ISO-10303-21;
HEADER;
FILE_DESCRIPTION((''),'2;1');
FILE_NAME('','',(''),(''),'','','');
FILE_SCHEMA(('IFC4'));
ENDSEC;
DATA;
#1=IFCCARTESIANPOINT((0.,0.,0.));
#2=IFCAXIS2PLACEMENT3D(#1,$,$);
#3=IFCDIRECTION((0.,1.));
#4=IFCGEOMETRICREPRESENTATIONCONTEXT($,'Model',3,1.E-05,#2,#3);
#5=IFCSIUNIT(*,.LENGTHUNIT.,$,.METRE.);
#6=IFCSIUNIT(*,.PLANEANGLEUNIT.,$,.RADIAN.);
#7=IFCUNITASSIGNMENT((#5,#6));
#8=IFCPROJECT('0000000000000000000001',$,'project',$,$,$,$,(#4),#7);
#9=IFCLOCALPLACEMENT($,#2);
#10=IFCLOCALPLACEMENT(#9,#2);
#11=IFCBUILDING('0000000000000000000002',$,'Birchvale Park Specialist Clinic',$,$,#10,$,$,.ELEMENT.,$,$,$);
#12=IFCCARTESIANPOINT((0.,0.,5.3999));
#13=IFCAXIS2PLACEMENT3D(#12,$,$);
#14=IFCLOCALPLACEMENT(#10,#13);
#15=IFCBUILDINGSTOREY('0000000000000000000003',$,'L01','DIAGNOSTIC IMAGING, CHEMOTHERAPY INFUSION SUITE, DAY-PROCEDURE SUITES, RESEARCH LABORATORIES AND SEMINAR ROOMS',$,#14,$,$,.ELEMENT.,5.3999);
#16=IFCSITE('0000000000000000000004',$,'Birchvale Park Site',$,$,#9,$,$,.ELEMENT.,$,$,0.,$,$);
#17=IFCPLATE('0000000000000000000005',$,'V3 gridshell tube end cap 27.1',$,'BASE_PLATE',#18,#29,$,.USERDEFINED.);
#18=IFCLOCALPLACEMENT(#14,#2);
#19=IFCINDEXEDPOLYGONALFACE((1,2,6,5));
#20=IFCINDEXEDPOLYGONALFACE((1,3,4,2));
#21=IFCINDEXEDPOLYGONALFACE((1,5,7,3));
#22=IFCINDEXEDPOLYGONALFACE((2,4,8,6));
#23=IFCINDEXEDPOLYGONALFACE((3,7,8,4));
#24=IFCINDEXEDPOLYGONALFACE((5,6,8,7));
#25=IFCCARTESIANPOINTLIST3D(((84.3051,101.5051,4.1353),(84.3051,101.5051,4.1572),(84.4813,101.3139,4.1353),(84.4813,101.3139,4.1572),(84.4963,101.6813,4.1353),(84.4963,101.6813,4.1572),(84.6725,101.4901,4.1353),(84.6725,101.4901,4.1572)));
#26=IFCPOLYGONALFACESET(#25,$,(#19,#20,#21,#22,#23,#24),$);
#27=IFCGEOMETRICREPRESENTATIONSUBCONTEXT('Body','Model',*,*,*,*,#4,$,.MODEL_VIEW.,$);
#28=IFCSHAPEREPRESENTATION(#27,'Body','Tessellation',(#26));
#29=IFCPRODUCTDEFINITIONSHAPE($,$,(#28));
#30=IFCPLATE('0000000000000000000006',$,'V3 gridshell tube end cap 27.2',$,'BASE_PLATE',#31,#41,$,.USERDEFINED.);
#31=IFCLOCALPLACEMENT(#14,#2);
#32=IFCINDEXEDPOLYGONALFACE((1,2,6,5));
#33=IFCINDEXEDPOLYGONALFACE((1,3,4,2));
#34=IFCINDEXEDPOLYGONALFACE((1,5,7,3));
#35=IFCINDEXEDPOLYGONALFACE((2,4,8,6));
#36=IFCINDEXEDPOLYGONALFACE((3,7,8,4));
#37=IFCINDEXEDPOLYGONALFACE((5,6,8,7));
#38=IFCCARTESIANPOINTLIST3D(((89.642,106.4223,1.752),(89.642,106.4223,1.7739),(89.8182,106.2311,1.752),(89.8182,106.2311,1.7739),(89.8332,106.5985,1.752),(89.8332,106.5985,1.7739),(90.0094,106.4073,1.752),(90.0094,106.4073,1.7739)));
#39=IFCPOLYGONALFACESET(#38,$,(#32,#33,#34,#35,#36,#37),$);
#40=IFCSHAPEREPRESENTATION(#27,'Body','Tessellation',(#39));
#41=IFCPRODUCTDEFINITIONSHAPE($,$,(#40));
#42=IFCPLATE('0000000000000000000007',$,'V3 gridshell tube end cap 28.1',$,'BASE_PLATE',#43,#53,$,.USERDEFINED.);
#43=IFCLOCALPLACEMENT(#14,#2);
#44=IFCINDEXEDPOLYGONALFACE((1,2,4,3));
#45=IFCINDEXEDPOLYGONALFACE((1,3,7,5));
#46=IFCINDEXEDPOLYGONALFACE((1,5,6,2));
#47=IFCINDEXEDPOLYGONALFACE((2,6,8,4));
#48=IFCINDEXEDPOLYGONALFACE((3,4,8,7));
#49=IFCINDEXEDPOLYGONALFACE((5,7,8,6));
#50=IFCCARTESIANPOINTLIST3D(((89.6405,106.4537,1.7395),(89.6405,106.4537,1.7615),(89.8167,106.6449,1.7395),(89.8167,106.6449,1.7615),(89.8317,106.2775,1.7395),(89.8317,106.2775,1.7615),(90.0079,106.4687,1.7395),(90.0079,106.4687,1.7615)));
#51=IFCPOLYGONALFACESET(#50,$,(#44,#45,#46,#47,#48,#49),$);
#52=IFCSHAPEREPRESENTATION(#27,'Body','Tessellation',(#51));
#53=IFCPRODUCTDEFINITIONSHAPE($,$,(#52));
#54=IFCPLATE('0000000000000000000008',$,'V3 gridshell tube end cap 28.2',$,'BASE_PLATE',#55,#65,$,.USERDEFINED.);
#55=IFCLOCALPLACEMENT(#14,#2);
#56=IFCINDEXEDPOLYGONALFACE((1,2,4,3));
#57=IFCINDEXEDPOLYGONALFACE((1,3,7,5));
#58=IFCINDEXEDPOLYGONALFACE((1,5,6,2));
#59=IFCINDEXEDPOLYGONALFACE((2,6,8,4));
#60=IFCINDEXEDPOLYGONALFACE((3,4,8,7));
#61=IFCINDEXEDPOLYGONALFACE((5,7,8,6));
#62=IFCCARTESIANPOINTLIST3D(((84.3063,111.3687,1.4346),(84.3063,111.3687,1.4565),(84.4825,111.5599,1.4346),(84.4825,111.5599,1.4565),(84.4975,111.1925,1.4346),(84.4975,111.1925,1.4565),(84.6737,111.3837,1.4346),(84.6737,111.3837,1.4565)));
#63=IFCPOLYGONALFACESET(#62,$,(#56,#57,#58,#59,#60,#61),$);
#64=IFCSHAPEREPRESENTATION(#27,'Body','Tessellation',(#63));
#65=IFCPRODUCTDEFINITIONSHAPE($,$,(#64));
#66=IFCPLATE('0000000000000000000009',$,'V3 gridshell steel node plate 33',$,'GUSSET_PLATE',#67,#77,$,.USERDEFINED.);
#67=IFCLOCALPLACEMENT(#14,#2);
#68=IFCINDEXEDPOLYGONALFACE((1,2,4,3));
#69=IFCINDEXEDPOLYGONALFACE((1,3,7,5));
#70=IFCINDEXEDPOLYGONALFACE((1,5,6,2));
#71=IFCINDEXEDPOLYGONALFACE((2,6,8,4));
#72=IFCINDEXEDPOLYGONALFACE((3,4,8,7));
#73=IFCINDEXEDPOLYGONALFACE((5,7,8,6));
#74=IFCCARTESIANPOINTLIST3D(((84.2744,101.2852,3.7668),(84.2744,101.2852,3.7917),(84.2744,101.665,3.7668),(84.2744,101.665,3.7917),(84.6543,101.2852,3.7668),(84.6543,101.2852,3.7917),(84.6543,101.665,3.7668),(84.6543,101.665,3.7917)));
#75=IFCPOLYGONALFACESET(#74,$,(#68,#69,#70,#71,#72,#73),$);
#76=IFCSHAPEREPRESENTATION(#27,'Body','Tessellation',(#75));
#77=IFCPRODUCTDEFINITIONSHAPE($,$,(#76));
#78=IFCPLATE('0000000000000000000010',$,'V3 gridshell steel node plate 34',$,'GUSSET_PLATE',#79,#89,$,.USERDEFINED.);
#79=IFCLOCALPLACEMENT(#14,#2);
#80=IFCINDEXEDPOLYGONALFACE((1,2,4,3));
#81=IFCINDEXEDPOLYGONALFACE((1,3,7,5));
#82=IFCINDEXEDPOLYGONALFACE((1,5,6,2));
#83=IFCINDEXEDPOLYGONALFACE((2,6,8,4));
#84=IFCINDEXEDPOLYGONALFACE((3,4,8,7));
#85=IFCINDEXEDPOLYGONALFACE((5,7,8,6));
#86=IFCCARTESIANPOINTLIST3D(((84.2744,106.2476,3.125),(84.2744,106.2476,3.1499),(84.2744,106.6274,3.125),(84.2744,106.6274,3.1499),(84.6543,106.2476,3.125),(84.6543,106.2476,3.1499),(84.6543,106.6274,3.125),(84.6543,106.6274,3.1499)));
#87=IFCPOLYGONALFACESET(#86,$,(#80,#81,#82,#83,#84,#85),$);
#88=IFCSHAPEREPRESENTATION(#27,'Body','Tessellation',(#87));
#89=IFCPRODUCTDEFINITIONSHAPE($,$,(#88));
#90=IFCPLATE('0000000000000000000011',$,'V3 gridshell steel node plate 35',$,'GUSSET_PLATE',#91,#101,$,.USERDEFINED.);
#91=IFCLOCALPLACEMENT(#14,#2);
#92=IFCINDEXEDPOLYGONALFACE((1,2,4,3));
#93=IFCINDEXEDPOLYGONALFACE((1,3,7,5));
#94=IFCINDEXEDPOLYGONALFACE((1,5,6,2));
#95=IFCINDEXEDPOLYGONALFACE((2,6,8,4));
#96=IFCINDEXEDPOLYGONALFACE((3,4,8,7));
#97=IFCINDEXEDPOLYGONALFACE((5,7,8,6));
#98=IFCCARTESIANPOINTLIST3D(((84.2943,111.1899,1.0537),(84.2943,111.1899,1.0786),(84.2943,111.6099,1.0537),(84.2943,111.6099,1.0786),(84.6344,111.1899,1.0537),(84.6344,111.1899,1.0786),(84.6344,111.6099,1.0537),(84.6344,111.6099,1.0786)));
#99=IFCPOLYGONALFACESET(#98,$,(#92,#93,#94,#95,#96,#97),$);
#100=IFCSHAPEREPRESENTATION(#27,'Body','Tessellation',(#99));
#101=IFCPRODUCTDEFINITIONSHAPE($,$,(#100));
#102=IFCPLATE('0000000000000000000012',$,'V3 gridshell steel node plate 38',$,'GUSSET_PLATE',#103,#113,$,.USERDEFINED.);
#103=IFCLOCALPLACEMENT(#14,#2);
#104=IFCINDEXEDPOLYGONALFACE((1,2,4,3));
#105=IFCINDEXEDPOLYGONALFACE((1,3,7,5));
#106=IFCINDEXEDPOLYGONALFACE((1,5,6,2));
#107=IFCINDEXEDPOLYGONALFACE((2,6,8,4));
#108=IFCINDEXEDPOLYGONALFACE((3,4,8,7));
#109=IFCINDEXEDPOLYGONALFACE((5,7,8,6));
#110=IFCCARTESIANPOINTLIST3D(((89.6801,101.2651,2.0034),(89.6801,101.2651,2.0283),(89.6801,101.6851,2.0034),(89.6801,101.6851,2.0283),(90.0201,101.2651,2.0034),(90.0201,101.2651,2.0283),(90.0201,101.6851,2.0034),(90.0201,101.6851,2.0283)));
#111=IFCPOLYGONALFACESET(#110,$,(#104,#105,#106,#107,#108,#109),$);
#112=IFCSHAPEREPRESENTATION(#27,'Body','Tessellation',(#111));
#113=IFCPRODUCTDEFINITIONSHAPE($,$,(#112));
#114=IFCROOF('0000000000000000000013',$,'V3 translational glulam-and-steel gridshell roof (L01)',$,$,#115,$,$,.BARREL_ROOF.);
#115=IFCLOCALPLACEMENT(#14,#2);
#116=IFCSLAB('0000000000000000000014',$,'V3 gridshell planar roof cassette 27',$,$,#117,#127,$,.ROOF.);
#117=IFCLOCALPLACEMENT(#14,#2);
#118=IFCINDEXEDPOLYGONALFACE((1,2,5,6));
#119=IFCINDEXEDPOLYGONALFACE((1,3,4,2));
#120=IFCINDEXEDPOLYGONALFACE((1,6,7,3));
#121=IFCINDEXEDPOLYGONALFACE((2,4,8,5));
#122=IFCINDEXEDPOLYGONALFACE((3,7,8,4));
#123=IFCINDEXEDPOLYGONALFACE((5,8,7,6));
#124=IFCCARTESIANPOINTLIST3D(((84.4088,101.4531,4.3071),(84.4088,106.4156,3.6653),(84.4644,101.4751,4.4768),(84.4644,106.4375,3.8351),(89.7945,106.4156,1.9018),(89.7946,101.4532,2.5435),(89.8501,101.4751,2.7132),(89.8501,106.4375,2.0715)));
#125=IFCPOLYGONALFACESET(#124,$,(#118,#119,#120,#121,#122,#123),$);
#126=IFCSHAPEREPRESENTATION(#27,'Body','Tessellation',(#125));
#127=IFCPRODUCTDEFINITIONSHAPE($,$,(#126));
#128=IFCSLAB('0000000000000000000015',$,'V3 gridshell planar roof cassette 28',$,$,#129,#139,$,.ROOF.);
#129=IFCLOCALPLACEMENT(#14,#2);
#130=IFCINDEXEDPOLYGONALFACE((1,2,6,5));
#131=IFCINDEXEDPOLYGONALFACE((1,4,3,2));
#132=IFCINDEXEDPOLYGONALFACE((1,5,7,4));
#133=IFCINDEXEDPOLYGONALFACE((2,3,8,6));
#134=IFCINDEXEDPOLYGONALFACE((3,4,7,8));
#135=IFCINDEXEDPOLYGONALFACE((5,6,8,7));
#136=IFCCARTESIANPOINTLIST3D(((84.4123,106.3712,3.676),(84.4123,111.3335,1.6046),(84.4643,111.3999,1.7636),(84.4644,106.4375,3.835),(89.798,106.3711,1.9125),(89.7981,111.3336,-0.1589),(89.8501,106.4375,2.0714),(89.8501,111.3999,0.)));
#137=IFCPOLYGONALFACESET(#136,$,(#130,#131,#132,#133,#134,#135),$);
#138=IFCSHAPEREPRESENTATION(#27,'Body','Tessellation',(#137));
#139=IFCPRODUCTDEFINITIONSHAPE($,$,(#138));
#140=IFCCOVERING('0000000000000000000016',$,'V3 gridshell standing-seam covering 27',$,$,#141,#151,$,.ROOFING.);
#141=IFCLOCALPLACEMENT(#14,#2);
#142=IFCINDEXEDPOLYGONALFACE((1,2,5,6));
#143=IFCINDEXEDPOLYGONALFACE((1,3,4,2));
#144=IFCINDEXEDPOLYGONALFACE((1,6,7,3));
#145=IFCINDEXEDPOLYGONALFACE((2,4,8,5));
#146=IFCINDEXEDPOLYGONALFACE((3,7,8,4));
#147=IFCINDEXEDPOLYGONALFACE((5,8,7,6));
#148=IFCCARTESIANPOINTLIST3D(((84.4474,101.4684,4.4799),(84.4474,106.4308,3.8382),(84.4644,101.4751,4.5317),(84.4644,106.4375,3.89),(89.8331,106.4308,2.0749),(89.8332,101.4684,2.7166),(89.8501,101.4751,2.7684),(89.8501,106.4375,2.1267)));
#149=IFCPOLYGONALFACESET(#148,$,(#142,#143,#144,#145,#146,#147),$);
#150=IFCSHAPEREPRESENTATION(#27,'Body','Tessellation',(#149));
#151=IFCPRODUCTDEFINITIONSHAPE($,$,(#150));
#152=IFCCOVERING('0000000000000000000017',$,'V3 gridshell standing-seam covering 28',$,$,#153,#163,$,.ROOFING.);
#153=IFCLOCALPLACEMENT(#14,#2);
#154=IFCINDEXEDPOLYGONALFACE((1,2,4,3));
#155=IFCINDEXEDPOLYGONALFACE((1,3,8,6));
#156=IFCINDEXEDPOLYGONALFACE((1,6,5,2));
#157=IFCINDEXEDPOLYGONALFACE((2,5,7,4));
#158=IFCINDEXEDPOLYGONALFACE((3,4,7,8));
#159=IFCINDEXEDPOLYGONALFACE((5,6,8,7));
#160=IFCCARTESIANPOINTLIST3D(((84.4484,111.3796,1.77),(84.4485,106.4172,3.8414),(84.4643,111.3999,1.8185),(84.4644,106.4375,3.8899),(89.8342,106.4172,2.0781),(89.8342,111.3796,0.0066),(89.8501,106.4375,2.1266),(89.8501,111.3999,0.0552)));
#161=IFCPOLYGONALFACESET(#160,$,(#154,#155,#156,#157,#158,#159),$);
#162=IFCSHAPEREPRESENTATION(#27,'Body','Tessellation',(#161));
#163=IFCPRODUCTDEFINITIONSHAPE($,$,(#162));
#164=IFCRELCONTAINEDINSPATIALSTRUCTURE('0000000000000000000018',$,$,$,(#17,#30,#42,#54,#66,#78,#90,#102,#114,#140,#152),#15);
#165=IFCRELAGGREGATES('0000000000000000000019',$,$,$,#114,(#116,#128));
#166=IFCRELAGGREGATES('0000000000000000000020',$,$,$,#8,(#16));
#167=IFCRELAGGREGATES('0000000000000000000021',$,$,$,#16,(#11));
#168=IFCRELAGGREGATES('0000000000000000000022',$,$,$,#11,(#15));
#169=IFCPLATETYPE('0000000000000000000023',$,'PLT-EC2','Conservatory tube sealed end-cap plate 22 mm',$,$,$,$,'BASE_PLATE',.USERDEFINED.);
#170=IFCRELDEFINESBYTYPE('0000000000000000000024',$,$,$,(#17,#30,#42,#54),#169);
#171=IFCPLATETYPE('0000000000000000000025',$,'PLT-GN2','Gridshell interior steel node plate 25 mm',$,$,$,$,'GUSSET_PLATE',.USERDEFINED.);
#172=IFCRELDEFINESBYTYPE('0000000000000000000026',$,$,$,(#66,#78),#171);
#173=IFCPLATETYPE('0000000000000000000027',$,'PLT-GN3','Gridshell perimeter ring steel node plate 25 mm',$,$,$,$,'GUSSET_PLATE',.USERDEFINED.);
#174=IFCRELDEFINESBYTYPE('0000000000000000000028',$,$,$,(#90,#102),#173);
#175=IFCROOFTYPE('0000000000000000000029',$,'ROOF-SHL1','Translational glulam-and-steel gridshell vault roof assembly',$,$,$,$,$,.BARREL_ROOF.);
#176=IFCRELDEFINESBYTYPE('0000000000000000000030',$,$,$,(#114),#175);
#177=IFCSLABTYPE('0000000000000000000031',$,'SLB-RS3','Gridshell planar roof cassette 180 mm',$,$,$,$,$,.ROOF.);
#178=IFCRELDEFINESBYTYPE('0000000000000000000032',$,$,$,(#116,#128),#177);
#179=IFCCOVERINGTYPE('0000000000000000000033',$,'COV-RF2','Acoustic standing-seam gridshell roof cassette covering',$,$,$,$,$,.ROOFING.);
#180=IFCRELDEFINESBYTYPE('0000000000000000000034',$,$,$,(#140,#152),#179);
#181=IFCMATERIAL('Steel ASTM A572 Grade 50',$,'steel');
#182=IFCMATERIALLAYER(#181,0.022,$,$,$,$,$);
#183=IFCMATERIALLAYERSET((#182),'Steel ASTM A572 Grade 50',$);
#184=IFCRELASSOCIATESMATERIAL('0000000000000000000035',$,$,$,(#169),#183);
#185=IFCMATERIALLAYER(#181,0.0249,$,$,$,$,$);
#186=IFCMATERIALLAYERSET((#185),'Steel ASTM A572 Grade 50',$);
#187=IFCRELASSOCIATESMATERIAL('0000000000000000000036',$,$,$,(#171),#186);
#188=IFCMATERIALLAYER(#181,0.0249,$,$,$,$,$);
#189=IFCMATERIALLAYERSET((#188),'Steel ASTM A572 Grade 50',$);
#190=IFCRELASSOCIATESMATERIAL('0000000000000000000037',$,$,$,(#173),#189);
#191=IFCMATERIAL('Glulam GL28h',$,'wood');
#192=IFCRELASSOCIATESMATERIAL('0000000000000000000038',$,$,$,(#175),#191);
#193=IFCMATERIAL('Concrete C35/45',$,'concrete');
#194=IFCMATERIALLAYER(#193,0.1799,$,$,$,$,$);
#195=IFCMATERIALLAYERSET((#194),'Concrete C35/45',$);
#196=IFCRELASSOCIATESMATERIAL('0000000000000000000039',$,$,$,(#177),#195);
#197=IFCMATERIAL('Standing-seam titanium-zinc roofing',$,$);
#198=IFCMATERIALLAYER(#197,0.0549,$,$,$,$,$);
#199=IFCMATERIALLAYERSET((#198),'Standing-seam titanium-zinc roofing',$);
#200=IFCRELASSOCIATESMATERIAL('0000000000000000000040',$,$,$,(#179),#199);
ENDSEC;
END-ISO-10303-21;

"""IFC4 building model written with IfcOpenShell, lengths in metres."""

from ifc_helpers import new_model, si_unit, direction, frame, origin, origin_2d, place, context, subcontext, project, spatial, polyline, rectangle, outline, extrude, material, layer, layer_set, type_object, element, aggregate, save


model = new_model("IFC4")

# Units and contexts
model_context = context("Model", 3, precision=1e-05, world=origin(), true_north=direction((0.0, 1.0)))
body_context = subcontext(model_context, "Body", "Model", "MODEL_VIEW")
ifc_project = project(units=[si_unit("LENGTHUNIT", "METRE"), si_unit("PLANEANGLEUNIT", "RADIAN")], contexts=[model_context])

# Site, building, storey
site_placement = place(None, origin())
site = spatial("IfcSite", under=ifc_project, at=site_placement, Name="Birchvale Park Site", CompositionType="ELEMENT", RefElevation=0.0)
building_placement = place(site_placement, origin())
building = spatial("IfcBuilding", under=site, at=building_placement, Name="Birchvale Park Specialist Clinic", CompositionType="ELEMENT")
storey_placement = place(building_placement, frame((0.0, 0.0, 5.3999)))
storey = spatial("IfcBuildingStorey", under=building, at=storey_placement, Name="L01", Description="DIAGNOSTIC IMAGING, CHEMOTHERAPY INFUSION SUITE, DAY-PROCEDURE SUITES, RESEARCH LABORATORIES AND SEMINAR ROOMS", CompositionType="ELEMENT", Elevation=5.3999)

# Shared definitions
ifc_material_1 = material(Name="Glulam GL28h", Category="wood")

# Plates
ifc_material_2 = material(Name="Steel ASTM A572 Grade 50", Category="steel")
ifc_layer_1 = layer(ifc_material_2, 0.022)
ifc_layer_set_1 = layer_set([ifc_layer_1], Name="Steel ASTM A572 Grade 50")
plate_type_1 = type_object("IfcPlateType", Name="PLT-EC2", Description="Conservatory tube sealed end-cap plate 22 mm", ElementType="BASE_PLATE", PredefinedType="USERDEFINED", material=ifc_layer_set_1)
for number, where, z_axis, x_axis, name in (
    (1, (84.4888, 101.4976, 4.1353), (0.0, 0.0, 1.0), (0.735388, 0.677646, 0.0), "V3 gridshell tube end cap 27.1"),
    (2, (89.8257, 106.4148, 1.752), (0.0, 0.0, 1.0), (0.735388, 0.677646, 0.0), "V3 gridshell tube end cap 27.2"),
    (3, (89.8242, 106.4612, 1.7395), (0.0, 0.0, 1.0), (-0.735388, 0.677646, 0.0), "V3 gridshell tube end cap 28.1"),
    (4, (84.49, 111.3762, 1.4346), (0.0, 0.0, 1.0), (-0.735388, 0.677646, 0.0), "V3 gridshell tube end cap 28.2"),
):
    element("IfcPlate", number, at=place(storey_placement, frame(where, z_axis=z_axis, x_axis=x_axis)), inside=storey, type_object=plate_type_1, Name=name, ObjectType="BASE_PLATE", PredefinedType="USERDEFINED", context=body_context, shape_type="SweptSolid", body=[
        extrude(rectangle(XDim=0.26, YDim=0.26, at=origin_2d()), origin(), (0.0, 0.0, 1.0), 0.022),
    ])
ifc_layer_2 = layer(ifc_material_2, 0.0249)
ifc_layer_set_2 = layer_set([ifc_layer_2], Name="Steel ASTM A572 Grade 50")
plate_type_2 = type_object("IfcPlateType", Name="PLT-GN2", Description="Gridshell interior steel node plate 25 mm", ElementType="GUSSET_PLATE", PredefinedType="USERDEFINED", material=ifc_layer_set_2)
for number, where, z_axis, x_axis, name in (
    (5, (84.4644, 101.4751, 3.7668), (0.0, 0.0, 1.0), (1.0, 0.0, 0.0), "V3 gridshell steel node plate 33"),
    (6, (84.4644, 106.4375, 3.125), (0.0, 0.0, 1.0), (1.0, 0.0, 0.0), "V3 gridshell steel node plate 34"),
):
    element("IfcPlate", number, at=place(storey_placement, frame(where, z_axis=z_axis, x_axis=x_axis)), inside=storey, type_object=plate_type_2, Name=name, ObjectType="GUSSET_PLATE", PredefinedType="USERDEFINED", context=body_context, shape_type="SweptSolid", body=[
        extrude(rectangle(XDim=0.3799, YDim=0.3799, at=origin_2d()), origin(), (0.0, 0.0, 1.0), 0.0249),
    ])
ifc_layer_3 = layer(ifc_material_2, 0.0249)
ifc_layer_set_3 = layer_set([ifc_layer_3], Name="Steel ASTM A572 Grade 50")
plate_type_3 = type_object("IfcPlateType", Name="PLT-GN3", Description="Gridshell perimeter ring steel node plate 25 mm", ElementType="GUSSET_PLATE", PredefinedType="USERDEFINED", material=ifc_layer_set_3)
for number, where, z_axis, x_axis, name in (
    (7, (84.4644, 111.3999, 1.0537), (0.0, 0.0, 1.0), (1.0, 0.0, 0.0), "V3 gridshell steel node plate 35"),
    (8, (89.8501, 101.4751, 2.0034), (0.0, 0.0, 1.0), (1.0, 0.0, 0.0), "V3 gridshell steel node plate 38"),
):
    element("IfcPlate", number, at=place(storey_placement, frame(where, z_axis=z_axis, x_axis=x_axis)), inside=storey, type_object=plate_type_3, Name=name, ObjectType="GUSSET_PLATE", PredefinedType="USERDEFINED", context=body_context, shape_type="SweptSolid", body=[
        extrude(rectangle(XDim=0.3401, YDim=0.4199, at=origin_2d()), origin(), (0.0, 0.0, 1.0), 0.0249),
    ])

# Roof, slabs
roof_type = type_object("IfcRoofType", Name="ROOF-SHL1", Description="Translational glulam-and-steel gridshell vault roof assembly", PredefinedType="BARREL_ROOF", material=ifc_material_1)
roof_placement = place(storey_placement, origin())
roof = element("IfcRoof", 9, at=roof_placement, inside=storey, type_object=roof_type, Name="V3 translational glulam-and-steel gridshell roof (L01)", PredefinedType="BARREL_ROOF")
ifc_material_3 = material(Name="Concrete C35/45", Category="concrete")
ifc_layer_4 = layer(ifc_material_3, 0.1799)
ifc_layer_set_4 = layer_set([ifc_layer_4], Name="Concrete C35/45")
slab_type = type_object("IfcSlabType", Name="SLB-RS3", Description="Gridshell planar roof cassette 180 mm", PredefinedType="ROOF", material=ifc_layer_set_4)
slab_1_placement = place(storey_placement, frame((84.4644, 101.4751, 4.4768), z_axis=(0.308866, 0.121979, 0.943251), x_axis=(0.950348, 0.000002, -0.31119)))
slab_1 = element("IfcSlab", 10, at=slab_1_placement, type_object=slab_type, Name="V3 gridshell planar roof cassette 27", PredefinedType="ROOF", context=body_context, shape_type="SweptSolid", body=[
    extrude(outline(polyline([(0.0, 0.0), (5.6672, 0.0), (5.8668, 4.9997), (0.1997, 4.9998), (0.0, 0.0)])), origin(), (0.0, 0.0, -1.0), 0.1799),
])
slab_2_placement = place(storey_placement, frame((84.4644, 106.4375, 3.835), z_axis=(0.289261, 0.368741, 0.883379), x_axis=(0.950349, -0.000007, -0.311187)))
slab_2 = element("IfcSlab", 11, at=slab_2_placement, type_object=slab_type, Name="V3 gridshell planar roof cassette 28", PredefinedType="ROOF", context=body_context, shape_type="SweptSolid", body=[
    extrude(outline(polyline([(0.0, 0.0), (5.6671, 0.0), (6.3117, 5.3386), (0.6445, 5.3386), (0.0, 0.0)])), origin(), (0.0, 0.0, -1.0), 0.1799),
])
aggregate(roof, [slab_1, slab_2])

# Coverings
ifc_material_4 = material(Name="Standing-seam titanium-zinc roofing")
ifc_layer_5 = layer(ifc_material_4, 0.0549)
ifc_layer_set_5 = layer_set([ifc_layer_5], Name="Standing-seam titanium-zinc roofing")
covering_type = type_object("IfcCoveringType", Name="COV-RF2", Description="Acoustic standing-seam gridshell roof cassette covering", PredefinedType="ROOFING", material=ifc_layer_set_5)
covering_1_placement = place(storey_placement, frame((84.4644, 101.4751, 4.5317), z_axis=(0.308827, 0.12198, 0.943264), x_axis=(0.950361, 0.000002, -0.311151)))
element("IfcCovering", 12, at=covering_1_placement, inside=storey, type_object=covering_type, Name="V3 gridshell standing-seam covering 27", PredefinedType="ROOFING", context=body_context, shape_type="SweptSolid", body=[
    extrude(outline(polyline([(0.0, 0.0), (5.6671, 0.0), (5.8667, 4.9997), (0.1997, 4.9998), (0.0, 0.0)])), origin(), (0.0, 0.0, -1.0), 0.0549),
])
covering_2_placement = place(storey_placement, frame((84.4644, 106.4375, 3.8899), z_axis=(0.289224, 0.368745, 0.883389), x_axis=(0.950362, -0.000007, -0.311148)))
element("IfcCovering", 13, at=covering_2_placement, inside=storey, type_object=covering_type, Name="V3 gridshell standing-seam covering 28", PredefinedType="ROOFING", context=body_context, shape_type="SweptSolid", body=[
    extrude(outline(polyline([(0.0, 0.0), (5.667, 0.0), (6.3115, 5.3387), (0.6444, 5.3386), (0.0, 0.0)])), origin(), (0.0, 0.0, -1.0), 0.0549),
])

save(model, "model.ifc")
